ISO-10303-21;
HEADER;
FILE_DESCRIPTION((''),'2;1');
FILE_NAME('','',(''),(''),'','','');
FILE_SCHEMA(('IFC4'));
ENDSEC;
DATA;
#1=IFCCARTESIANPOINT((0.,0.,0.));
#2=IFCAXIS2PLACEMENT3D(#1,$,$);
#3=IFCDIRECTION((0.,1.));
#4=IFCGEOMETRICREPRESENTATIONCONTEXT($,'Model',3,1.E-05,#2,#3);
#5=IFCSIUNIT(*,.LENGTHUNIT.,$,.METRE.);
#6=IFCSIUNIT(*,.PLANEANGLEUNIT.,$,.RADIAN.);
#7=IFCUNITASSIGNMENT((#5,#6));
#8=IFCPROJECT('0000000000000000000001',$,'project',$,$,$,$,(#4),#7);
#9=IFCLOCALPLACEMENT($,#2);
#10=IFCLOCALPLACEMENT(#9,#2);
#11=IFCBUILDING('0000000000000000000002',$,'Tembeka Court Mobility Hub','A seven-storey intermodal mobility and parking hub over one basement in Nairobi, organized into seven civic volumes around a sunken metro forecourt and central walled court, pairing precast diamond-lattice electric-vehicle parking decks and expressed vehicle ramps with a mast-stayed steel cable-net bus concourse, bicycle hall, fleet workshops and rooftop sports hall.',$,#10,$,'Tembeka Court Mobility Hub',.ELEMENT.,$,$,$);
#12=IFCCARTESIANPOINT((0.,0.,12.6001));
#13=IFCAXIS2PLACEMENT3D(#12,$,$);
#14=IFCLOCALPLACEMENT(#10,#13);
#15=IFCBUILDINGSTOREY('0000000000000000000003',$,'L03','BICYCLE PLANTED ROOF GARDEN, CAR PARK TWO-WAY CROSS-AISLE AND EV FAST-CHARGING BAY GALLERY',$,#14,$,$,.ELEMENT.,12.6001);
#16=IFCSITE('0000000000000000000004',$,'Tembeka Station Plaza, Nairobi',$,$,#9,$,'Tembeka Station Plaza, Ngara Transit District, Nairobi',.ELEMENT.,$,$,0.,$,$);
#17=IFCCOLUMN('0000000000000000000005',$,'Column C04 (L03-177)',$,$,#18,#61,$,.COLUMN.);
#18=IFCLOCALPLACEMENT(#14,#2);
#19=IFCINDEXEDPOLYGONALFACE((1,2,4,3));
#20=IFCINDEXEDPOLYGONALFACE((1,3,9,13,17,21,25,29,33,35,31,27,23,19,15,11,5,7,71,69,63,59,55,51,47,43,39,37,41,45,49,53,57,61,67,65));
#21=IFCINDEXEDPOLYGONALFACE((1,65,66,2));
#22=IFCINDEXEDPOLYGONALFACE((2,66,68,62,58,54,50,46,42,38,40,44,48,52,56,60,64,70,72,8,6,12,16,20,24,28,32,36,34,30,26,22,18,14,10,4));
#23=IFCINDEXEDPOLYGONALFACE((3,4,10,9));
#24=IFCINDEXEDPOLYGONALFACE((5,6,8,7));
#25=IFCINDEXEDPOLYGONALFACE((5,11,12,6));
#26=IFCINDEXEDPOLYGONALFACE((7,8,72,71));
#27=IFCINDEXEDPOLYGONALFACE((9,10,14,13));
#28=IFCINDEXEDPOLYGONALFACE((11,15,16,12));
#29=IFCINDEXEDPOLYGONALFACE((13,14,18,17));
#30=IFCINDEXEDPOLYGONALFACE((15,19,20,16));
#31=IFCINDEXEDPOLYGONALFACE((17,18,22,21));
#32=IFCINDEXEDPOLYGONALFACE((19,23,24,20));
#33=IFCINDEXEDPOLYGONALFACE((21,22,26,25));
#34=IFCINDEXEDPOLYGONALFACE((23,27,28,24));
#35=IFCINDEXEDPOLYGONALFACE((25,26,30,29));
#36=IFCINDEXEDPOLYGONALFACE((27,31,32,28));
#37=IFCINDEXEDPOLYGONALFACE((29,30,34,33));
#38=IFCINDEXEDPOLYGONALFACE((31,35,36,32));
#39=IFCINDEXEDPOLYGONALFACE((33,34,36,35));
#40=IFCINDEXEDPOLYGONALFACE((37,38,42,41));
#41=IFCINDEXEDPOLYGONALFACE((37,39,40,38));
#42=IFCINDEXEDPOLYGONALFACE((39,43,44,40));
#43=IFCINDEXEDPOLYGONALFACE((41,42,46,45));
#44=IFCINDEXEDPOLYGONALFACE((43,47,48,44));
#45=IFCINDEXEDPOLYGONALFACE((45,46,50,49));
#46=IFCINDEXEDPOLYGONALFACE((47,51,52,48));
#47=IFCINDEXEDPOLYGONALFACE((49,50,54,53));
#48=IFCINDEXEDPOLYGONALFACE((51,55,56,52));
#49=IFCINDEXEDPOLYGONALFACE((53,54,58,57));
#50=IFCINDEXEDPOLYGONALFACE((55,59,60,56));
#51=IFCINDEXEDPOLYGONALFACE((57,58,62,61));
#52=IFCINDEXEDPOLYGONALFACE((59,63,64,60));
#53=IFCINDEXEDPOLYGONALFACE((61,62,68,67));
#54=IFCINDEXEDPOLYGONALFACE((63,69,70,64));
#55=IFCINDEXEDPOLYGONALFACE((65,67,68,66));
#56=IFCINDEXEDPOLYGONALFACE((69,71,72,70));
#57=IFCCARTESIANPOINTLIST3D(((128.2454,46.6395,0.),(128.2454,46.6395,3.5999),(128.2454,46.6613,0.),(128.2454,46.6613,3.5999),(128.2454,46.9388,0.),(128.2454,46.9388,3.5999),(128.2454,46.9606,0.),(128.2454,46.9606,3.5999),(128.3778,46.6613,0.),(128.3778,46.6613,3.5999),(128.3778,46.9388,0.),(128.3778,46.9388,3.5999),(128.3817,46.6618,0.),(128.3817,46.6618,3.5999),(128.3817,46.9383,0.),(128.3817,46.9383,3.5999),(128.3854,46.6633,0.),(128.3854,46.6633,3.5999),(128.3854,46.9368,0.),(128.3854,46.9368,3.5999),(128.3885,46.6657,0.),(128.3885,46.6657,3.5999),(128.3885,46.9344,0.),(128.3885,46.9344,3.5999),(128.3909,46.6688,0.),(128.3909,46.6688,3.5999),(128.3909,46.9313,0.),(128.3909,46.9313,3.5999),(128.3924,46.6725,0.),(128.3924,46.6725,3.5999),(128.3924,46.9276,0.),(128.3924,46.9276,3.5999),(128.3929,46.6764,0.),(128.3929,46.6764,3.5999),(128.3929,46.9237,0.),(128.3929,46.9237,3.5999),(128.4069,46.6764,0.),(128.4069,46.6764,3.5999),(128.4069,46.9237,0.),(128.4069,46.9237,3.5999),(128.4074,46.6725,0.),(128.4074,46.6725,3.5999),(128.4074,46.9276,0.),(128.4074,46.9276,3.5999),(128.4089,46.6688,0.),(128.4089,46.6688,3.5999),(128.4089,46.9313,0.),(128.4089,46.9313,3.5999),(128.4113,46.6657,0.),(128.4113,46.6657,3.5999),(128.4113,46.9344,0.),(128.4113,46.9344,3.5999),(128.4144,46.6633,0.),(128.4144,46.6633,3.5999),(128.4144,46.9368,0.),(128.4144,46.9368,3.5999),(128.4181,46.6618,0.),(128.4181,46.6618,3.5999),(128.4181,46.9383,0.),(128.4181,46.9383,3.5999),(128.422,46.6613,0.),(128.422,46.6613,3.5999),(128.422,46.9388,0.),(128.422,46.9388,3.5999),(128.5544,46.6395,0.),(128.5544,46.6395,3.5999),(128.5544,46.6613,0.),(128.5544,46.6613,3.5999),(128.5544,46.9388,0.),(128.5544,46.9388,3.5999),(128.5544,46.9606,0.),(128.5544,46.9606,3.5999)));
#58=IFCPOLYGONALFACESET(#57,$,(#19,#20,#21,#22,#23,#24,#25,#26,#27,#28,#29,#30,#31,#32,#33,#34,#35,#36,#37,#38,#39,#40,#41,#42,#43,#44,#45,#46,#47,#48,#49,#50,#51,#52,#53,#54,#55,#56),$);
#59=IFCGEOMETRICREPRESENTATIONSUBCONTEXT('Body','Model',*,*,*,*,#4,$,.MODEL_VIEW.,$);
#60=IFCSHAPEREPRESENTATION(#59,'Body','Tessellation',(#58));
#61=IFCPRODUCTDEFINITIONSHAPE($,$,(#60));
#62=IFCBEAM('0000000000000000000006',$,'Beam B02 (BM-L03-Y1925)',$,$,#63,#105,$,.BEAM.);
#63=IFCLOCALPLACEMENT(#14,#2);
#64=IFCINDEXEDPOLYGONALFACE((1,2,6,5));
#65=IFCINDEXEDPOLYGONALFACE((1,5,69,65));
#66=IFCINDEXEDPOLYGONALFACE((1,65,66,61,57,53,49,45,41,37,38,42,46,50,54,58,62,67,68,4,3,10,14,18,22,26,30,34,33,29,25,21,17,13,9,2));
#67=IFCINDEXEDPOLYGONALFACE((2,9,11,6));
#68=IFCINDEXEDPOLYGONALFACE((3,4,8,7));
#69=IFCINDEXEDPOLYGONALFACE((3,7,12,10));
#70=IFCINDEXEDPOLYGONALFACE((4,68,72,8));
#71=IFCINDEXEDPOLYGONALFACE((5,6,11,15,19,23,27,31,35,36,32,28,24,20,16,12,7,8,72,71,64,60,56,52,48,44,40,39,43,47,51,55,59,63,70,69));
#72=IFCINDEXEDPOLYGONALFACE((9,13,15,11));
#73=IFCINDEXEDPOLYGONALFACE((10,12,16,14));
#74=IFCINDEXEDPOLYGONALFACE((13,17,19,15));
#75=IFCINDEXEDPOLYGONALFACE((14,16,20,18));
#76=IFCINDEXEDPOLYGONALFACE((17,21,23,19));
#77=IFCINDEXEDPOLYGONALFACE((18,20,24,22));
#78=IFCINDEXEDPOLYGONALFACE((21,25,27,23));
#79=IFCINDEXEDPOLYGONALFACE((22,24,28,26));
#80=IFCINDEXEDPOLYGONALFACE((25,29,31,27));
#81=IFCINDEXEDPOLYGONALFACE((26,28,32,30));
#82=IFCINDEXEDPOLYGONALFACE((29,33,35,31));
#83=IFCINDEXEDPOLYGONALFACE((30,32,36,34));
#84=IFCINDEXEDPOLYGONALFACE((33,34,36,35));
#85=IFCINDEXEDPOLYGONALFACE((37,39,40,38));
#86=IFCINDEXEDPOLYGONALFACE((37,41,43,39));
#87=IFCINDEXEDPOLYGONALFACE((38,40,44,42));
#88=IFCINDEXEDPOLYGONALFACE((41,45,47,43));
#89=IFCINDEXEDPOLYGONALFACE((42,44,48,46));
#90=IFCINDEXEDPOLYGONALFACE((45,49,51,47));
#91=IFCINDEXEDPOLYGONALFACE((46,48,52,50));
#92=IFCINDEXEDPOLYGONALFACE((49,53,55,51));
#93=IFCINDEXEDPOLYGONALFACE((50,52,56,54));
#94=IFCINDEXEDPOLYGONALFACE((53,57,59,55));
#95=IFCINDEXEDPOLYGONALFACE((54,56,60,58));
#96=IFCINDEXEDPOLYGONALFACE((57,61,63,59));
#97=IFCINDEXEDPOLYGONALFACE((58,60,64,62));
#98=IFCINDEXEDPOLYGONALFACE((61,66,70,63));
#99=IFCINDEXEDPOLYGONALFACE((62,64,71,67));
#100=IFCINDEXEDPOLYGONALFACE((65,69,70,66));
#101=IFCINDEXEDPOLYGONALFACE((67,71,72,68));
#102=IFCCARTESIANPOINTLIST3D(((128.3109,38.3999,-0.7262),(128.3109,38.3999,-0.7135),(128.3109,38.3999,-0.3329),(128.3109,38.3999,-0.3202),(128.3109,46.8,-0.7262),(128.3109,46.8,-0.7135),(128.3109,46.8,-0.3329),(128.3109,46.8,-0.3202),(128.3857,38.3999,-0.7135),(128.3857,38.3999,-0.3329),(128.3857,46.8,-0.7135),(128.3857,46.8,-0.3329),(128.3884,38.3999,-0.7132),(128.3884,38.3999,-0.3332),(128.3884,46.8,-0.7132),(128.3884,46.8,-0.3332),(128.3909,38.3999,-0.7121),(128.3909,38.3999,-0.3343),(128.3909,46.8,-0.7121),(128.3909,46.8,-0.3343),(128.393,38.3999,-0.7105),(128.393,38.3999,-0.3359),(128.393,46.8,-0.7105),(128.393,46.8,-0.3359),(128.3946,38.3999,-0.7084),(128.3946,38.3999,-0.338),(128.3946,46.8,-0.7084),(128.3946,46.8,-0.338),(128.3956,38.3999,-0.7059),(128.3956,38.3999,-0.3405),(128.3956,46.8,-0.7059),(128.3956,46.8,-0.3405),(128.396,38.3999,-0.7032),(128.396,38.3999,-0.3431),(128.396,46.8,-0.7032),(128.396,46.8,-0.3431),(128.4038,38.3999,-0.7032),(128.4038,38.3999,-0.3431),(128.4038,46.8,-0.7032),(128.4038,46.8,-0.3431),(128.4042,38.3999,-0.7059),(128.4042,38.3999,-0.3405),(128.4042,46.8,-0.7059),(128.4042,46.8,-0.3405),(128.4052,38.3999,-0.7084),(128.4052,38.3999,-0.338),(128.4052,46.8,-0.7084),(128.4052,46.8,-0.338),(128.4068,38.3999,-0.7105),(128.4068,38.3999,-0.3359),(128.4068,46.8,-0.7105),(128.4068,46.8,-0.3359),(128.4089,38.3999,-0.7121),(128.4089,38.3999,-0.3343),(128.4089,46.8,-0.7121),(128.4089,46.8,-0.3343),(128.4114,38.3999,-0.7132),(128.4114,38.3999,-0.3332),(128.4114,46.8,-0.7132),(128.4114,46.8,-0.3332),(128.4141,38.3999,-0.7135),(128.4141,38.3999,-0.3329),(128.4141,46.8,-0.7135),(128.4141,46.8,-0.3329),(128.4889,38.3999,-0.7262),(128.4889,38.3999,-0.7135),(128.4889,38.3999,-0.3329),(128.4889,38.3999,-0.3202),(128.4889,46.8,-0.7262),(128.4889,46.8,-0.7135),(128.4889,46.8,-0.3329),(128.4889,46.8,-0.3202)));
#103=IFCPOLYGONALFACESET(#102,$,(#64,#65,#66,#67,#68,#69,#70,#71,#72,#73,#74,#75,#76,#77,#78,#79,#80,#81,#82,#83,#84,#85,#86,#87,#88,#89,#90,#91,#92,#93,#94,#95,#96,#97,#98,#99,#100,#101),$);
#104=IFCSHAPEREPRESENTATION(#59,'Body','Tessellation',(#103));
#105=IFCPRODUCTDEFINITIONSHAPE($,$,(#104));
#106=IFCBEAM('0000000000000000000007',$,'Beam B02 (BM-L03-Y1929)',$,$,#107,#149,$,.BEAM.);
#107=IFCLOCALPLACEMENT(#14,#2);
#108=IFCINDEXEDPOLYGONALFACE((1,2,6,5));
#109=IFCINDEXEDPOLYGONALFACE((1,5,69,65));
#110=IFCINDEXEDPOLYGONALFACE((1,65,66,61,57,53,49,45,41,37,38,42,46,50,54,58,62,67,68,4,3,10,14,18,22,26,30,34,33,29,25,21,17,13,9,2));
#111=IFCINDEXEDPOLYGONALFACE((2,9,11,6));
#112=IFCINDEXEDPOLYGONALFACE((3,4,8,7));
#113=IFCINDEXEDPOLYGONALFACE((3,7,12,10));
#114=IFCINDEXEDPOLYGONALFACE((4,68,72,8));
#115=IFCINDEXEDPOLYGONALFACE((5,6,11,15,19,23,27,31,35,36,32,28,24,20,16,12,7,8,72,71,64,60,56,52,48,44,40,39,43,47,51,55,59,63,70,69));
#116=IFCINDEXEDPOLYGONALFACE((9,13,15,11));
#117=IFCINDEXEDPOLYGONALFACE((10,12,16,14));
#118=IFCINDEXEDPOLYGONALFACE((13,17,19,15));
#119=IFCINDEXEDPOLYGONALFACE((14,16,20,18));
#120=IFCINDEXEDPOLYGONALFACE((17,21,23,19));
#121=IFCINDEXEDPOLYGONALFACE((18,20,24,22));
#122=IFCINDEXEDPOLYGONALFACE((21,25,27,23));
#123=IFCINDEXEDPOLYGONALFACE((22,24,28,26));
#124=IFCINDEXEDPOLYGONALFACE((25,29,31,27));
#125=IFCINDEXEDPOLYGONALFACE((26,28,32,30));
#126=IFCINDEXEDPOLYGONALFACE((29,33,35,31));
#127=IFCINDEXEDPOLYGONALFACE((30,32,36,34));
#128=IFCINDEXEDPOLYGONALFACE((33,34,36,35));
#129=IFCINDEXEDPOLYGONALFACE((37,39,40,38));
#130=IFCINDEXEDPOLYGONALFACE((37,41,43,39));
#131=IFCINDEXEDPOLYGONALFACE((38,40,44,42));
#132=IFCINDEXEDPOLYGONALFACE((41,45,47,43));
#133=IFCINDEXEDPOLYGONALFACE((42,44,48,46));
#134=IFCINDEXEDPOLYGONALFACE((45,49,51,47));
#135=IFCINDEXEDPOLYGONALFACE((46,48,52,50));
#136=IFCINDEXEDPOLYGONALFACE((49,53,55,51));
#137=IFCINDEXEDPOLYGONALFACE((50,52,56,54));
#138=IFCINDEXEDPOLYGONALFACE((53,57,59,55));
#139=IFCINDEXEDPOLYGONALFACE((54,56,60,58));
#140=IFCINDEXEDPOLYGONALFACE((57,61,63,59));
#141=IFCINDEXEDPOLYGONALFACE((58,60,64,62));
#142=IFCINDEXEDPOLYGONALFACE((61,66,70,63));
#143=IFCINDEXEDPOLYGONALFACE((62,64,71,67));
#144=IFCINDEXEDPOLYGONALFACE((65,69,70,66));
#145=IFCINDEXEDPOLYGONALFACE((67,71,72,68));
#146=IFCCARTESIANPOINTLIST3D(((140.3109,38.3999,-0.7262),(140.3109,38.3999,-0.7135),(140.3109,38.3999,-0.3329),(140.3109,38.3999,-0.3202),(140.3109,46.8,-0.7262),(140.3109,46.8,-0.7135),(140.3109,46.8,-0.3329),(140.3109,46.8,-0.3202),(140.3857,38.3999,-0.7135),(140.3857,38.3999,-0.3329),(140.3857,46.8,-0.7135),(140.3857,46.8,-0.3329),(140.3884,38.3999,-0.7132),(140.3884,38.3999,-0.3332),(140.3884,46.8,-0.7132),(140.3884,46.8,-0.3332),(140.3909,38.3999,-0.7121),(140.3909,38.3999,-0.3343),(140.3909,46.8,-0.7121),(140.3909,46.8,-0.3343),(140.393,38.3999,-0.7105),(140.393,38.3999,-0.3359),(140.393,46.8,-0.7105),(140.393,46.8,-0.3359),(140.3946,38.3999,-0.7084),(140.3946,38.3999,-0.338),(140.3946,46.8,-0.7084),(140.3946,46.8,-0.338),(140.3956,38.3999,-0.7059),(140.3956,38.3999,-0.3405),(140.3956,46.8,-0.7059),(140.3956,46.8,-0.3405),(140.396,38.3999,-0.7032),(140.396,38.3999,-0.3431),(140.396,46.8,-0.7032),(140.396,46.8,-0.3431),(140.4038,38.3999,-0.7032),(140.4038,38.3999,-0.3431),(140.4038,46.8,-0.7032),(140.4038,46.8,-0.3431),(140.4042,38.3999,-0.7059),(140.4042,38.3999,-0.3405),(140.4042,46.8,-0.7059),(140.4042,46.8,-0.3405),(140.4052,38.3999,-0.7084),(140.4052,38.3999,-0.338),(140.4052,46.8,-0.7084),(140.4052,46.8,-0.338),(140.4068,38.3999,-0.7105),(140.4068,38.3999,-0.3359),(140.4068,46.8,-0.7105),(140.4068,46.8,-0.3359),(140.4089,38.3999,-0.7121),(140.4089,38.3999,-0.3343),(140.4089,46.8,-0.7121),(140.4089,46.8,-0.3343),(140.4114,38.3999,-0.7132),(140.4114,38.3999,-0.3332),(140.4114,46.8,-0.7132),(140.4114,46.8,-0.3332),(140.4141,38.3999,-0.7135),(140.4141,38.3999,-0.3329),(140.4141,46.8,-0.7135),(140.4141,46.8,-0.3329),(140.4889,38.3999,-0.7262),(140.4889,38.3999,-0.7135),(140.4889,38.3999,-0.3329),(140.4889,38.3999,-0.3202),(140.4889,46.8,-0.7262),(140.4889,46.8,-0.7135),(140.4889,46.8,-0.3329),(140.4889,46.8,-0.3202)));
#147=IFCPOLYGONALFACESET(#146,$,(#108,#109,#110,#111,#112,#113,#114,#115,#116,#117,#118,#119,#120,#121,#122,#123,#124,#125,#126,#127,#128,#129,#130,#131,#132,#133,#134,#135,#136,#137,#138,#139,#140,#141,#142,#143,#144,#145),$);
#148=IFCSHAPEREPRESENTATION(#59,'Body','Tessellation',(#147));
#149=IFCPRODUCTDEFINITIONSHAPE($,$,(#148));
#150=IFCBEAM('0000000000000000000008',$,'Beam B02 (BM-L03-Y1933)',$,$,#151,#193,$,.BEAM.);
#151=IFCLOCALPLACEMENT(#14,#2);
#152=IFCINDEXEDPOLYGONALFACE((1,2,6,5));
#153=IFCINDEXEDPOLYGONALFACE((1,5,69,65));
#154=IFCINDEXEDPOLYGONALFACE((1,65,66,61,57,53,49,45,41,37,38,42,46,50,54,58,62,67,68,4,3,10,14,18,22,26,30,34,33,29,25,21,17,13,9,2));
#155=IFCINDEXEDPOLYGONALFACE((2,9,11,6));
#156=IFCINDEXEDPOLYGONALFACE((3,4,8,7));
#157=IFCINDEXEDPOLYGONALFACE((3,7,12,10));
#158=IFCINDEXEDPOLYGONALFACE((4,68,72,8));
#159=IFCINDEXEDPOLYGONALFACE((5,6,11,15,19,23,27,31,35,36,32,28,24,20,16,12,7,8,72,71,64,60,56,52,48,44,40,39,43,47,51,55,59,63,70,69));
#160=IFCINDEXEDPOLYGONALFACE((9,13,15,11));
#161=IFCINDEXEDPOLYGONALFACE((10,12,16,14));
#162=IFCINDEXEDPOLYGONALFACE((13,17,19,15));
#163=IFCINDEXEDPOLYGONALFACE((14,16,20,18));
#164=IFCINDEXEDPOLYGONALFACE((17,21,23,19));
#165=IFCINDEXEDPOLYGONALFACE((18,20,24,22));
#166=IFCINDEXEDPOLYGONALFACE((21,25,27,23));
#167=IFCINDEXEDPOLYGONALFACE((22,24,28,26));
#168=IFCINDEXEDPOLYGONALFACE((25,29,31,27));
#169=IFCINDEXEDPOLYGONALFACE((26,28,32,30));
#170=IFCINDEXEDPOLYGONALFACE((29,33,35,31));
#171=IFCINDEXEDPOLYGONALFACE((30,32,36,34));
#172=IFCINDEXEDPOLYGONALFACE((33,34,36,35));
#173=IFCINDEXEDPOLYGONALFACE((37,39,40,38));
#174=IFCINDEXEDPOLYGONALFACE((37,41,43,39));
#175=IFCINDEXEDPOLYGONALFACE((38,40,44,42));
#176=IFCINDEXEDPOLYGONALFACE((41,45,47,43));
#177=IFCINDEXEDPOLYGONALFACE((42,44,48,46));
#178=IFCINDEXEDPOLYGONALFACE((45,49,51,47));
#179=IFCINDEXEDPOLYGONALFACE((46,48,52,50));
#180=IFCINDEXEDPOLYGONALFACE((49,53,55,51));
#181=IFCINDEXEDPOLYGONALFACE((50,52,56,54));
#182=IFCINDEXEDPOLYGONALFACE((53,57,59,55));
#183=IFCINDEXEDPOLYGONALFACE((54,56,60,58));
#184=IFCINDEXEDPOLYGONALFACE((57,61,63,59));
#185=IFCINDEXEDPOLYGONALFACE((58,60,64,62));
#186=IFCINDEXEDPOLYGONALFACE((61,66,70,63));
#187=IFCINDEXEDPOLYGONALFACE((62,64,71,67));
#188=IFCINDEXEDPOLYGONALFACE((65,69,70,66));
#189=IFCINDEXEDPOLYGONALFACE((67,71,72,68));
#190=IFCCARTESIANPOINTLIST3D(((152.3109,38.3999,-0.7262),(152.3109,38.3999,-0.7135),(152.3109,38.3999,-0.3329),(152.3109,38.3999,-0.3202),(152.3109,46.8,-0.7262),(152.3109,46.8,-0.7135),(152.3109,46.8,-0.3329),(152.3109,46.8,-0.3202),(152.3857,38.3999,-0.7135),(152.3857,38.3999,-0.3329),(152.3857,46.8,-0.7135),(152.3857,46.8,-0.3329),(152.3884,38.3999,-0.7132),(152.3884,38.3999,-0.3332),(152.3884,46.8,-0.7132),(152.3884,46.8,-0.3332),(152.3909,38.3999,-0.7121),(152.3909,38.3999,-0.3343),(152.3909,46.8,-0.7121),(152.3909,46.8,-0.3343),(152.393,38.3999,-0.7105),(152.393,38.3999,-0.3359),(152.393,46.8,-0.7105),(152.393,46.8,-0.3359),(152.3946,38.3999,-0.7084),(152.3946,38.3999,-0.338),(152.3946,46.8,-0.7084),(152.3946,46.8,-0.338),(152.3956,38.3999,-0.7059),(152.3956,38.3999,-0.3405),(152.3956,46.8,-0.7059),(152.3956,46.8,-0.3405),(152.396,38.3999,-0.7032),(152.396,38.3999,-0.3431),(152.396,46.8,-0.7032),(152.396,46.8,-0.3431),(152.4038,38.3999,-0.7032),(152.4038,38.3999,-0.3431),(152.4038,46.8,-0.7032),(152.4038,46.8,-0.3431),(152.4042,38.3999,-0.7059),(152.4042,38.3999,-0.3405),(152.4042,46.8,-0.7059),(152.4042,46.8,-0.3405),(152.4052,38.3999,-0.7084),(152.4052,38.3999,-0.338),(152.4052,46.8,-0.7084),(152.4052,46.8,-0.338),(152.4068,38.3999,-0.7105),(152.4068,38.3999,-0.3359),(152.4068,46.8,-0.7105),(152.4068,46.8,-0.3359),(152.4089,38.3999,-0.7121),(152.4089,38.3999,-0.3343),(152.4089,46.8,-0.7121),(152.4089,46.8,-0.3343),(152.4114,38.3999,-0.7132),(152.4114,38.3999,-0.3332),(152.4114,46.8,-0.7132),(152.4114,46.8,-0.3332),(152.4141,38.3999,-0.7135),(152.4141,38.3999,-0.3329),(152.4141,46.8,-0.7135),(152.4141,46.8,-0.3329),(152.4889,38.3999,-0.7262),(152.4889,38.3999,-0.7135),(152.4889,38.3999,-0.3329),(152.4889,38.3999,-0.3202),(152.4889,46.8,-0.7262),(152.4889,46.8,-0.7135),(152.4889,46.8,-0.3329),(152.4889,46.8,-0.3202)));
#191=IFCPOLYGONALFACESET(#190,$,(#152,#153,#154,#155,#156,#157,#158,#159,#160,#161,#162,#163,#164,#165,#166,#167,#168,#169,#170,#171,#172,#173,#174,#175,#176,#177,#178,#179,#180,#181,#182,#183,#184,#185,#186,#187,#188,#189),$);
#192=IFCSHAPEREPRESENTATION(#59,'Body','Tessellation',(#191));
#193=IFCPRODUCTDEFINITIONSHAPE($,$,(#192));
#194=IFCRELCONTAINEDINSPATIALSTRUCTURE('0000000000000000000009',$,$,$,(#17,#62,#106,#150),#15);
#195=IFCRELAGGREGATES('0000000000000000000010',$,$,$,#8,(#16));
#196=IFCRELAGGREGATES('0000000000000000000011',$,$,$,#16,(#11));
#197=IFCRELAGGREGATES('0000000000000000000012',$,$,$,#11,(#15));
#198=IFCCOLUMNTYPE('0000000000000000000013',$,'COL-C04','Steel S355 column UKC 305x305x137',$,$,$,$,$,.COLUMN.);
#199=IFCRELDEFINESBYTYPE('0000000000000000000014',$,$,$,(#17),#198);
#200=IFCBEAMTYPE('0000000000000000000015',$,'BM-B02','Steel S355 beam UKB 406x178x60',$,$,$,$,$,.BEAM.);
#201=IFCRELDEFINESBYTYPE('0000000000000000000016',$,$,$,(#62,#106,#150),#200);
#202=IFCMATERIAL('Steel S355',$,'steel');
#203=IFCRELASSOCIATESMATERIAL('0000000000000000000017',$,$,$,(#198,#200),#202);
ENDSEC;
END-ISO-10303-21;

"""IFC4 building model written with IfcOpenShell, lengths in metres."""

from ifc_helpers import new_model, si_unit, direction, frame, origin, origin_2d, place, context, subcontext, project, spatial, i_section, extrude, material, material_profile, profile_set, type_object, element, save


model = new_model("IFC4")

# Units and contexts
model_context = context("Model", 3, precision=1e-05, world=origin(), true_north=direction((0.0, 1.0)))
body_context = subcontext(model_context, "Body", "Model", "MODEL_VIEW")
ifc_project = project(units=[si_unit("LENGTHUNIT", "METRE"), si_unit("PLANEANGLEUNIT", "RADIAN")], contexts=[model_context])

# Site, building, storey
site_placement = place(None, origin())
site = spatial("IfcSite", under=ifc_project, at=site_placement, Name="Tembeka Station Plaza, Nairobi", LongName="Tembeka Station Plaza, Ngara Transit District, Nairobi", CompositionType="ELEMENT", RefElevation=0.0)
building_placement = place(site_placement, origin())
building = spatial("IfcBuilding", under=site, at=building_placement, Name="Tembeka Court Mobility Hub", Description="A seven-storey intermodal mobility and parking hub over one basement in Nairobi, organized into seven civic volumes around a sunken metro forecourt and central walled court, pairing precast diamond-lattice electric-vehicle parking decks and expressed vehicle ramps with a mast-stayed steel cable-net bus concourse, bicycle hall, fleet workshops and rooftop sports hall.", LongName="Tembeka Court Mobility Hub", CompositionType="ELEMENT")
storey_placement = place(building_placement, frame((0.0, 0.0, 12.6001)))
storey = spatial("IfcBuildingStorey", under=building, at=storey_placement, Name="L03", Description="BICYCLE PLANTED ROOF GARDEN, CAR PARK TWO-WAY CROSS-AISLE AND EV FAST-CHARGING BAY GALLERY", CompositionType="ELEMENT", Elevation=12.6001)

# Column
ifc_material_1 = material(Name="Steel S355", Category="steel")
ifc_material_profile_1 = material_profile(ifc_material_1, i_section(OverallWidth=0.3091, OverallDepth=0.321, WebThickness=0.0139, FlangeThickness=0.0217, FilletRadius=0.0151, at=origin_2d()), Name="UKC 305x305x137")
ifc_profile_set_1 = profile_set([ifc_material_profile_1], Name="Steel S355")
column_type = type_object("IfcColumnType", Name="COL-C04", Description="Steel S355 column UKC 305x305x137", PredefinedType="COLUMN", material=ifc_profile_set_1)
column_placement = place(storey_placement, frame((128.3999, 46.8, 0.0), z_axis=(0.0, 0.0, 1.0), x_axis=(1.0, 0.0, 0.0)))
element("IfcColumn", 1, at=column_placement, inside=storey, type_object=column_type, Name="Column C04 (L03-177)", PredefinedType="COLUMN", context=body_context, shape_type="SweptSolid", body=[
    extrude(i_section(OverallWidth=0.3091, OverallDepth=0.321, WebThickness=0.0139, FlangeThickness=0.0217, FilletRadius=0.0151, at=origin_2d()), origin(), (0.0, 0.0, 1.0), 3.5999),
])

# Beams
ifc_material_profile_2 = material_profile(ifc_material_1, i_section(OverallWidth=0.178, OverallDepth=0.406, WebThickness=0.0078, FlangeThickness=0.0127, FilletRadius=0.0103, at=origin_2d()), Name="UKB 406x178x60")
ifc_profile_set_2 = profile_set([ifc_material_profile_2], Name="Steel S355")
beam_type_1 = type_object("IfcBeamType", Name="BM-B02", Description="Steel S355 beam UKB 406x178x60", PredefinedType="BEAM", material=ifc_profile_set_2)
for number, where, z_axis, x_axis, name in (
    (2, (128.3999, 38.3999, -0.5232), (0.0, 1.0, 0.0), (-1.0, 0.0, 0.0), "Beam B02 (BM-L03-Y1925)"),
    (3, (140.3999, 38.3999, -0.5232), (0.0, 1.0, 0.0), (-1.0, 0.0, 0.0), "Beam B02 (BM-L03-Y1929)"),
    (4, (152.3999, 38.3999, -0.5232), (0.0, 1.0, 0.0), (-1.0, 0.0, 0.0), "Beam B02 (BM-L03-Y1933)"),
):
    element("IfcBeam", number, at=place(storey_placement, frame(where, z_axis=z_axis, x_axis=x_axis)), inside=storey, type_object=beam_type_1, Name=name, PredefinedType="BEAM", context=body_context, shape_type="SweptSolid", body=[
        extrude(i_section(OverallWidth=0.178, OverallDepth=0.406, WebThickness=0.0078, FlangeThickness=0.0127, FilletRadius=0.0103, at=origin_2d()), origin(), (0.0, 0.0, 1.0), 8.4001),
    ])

save(model, "model.ifc")
